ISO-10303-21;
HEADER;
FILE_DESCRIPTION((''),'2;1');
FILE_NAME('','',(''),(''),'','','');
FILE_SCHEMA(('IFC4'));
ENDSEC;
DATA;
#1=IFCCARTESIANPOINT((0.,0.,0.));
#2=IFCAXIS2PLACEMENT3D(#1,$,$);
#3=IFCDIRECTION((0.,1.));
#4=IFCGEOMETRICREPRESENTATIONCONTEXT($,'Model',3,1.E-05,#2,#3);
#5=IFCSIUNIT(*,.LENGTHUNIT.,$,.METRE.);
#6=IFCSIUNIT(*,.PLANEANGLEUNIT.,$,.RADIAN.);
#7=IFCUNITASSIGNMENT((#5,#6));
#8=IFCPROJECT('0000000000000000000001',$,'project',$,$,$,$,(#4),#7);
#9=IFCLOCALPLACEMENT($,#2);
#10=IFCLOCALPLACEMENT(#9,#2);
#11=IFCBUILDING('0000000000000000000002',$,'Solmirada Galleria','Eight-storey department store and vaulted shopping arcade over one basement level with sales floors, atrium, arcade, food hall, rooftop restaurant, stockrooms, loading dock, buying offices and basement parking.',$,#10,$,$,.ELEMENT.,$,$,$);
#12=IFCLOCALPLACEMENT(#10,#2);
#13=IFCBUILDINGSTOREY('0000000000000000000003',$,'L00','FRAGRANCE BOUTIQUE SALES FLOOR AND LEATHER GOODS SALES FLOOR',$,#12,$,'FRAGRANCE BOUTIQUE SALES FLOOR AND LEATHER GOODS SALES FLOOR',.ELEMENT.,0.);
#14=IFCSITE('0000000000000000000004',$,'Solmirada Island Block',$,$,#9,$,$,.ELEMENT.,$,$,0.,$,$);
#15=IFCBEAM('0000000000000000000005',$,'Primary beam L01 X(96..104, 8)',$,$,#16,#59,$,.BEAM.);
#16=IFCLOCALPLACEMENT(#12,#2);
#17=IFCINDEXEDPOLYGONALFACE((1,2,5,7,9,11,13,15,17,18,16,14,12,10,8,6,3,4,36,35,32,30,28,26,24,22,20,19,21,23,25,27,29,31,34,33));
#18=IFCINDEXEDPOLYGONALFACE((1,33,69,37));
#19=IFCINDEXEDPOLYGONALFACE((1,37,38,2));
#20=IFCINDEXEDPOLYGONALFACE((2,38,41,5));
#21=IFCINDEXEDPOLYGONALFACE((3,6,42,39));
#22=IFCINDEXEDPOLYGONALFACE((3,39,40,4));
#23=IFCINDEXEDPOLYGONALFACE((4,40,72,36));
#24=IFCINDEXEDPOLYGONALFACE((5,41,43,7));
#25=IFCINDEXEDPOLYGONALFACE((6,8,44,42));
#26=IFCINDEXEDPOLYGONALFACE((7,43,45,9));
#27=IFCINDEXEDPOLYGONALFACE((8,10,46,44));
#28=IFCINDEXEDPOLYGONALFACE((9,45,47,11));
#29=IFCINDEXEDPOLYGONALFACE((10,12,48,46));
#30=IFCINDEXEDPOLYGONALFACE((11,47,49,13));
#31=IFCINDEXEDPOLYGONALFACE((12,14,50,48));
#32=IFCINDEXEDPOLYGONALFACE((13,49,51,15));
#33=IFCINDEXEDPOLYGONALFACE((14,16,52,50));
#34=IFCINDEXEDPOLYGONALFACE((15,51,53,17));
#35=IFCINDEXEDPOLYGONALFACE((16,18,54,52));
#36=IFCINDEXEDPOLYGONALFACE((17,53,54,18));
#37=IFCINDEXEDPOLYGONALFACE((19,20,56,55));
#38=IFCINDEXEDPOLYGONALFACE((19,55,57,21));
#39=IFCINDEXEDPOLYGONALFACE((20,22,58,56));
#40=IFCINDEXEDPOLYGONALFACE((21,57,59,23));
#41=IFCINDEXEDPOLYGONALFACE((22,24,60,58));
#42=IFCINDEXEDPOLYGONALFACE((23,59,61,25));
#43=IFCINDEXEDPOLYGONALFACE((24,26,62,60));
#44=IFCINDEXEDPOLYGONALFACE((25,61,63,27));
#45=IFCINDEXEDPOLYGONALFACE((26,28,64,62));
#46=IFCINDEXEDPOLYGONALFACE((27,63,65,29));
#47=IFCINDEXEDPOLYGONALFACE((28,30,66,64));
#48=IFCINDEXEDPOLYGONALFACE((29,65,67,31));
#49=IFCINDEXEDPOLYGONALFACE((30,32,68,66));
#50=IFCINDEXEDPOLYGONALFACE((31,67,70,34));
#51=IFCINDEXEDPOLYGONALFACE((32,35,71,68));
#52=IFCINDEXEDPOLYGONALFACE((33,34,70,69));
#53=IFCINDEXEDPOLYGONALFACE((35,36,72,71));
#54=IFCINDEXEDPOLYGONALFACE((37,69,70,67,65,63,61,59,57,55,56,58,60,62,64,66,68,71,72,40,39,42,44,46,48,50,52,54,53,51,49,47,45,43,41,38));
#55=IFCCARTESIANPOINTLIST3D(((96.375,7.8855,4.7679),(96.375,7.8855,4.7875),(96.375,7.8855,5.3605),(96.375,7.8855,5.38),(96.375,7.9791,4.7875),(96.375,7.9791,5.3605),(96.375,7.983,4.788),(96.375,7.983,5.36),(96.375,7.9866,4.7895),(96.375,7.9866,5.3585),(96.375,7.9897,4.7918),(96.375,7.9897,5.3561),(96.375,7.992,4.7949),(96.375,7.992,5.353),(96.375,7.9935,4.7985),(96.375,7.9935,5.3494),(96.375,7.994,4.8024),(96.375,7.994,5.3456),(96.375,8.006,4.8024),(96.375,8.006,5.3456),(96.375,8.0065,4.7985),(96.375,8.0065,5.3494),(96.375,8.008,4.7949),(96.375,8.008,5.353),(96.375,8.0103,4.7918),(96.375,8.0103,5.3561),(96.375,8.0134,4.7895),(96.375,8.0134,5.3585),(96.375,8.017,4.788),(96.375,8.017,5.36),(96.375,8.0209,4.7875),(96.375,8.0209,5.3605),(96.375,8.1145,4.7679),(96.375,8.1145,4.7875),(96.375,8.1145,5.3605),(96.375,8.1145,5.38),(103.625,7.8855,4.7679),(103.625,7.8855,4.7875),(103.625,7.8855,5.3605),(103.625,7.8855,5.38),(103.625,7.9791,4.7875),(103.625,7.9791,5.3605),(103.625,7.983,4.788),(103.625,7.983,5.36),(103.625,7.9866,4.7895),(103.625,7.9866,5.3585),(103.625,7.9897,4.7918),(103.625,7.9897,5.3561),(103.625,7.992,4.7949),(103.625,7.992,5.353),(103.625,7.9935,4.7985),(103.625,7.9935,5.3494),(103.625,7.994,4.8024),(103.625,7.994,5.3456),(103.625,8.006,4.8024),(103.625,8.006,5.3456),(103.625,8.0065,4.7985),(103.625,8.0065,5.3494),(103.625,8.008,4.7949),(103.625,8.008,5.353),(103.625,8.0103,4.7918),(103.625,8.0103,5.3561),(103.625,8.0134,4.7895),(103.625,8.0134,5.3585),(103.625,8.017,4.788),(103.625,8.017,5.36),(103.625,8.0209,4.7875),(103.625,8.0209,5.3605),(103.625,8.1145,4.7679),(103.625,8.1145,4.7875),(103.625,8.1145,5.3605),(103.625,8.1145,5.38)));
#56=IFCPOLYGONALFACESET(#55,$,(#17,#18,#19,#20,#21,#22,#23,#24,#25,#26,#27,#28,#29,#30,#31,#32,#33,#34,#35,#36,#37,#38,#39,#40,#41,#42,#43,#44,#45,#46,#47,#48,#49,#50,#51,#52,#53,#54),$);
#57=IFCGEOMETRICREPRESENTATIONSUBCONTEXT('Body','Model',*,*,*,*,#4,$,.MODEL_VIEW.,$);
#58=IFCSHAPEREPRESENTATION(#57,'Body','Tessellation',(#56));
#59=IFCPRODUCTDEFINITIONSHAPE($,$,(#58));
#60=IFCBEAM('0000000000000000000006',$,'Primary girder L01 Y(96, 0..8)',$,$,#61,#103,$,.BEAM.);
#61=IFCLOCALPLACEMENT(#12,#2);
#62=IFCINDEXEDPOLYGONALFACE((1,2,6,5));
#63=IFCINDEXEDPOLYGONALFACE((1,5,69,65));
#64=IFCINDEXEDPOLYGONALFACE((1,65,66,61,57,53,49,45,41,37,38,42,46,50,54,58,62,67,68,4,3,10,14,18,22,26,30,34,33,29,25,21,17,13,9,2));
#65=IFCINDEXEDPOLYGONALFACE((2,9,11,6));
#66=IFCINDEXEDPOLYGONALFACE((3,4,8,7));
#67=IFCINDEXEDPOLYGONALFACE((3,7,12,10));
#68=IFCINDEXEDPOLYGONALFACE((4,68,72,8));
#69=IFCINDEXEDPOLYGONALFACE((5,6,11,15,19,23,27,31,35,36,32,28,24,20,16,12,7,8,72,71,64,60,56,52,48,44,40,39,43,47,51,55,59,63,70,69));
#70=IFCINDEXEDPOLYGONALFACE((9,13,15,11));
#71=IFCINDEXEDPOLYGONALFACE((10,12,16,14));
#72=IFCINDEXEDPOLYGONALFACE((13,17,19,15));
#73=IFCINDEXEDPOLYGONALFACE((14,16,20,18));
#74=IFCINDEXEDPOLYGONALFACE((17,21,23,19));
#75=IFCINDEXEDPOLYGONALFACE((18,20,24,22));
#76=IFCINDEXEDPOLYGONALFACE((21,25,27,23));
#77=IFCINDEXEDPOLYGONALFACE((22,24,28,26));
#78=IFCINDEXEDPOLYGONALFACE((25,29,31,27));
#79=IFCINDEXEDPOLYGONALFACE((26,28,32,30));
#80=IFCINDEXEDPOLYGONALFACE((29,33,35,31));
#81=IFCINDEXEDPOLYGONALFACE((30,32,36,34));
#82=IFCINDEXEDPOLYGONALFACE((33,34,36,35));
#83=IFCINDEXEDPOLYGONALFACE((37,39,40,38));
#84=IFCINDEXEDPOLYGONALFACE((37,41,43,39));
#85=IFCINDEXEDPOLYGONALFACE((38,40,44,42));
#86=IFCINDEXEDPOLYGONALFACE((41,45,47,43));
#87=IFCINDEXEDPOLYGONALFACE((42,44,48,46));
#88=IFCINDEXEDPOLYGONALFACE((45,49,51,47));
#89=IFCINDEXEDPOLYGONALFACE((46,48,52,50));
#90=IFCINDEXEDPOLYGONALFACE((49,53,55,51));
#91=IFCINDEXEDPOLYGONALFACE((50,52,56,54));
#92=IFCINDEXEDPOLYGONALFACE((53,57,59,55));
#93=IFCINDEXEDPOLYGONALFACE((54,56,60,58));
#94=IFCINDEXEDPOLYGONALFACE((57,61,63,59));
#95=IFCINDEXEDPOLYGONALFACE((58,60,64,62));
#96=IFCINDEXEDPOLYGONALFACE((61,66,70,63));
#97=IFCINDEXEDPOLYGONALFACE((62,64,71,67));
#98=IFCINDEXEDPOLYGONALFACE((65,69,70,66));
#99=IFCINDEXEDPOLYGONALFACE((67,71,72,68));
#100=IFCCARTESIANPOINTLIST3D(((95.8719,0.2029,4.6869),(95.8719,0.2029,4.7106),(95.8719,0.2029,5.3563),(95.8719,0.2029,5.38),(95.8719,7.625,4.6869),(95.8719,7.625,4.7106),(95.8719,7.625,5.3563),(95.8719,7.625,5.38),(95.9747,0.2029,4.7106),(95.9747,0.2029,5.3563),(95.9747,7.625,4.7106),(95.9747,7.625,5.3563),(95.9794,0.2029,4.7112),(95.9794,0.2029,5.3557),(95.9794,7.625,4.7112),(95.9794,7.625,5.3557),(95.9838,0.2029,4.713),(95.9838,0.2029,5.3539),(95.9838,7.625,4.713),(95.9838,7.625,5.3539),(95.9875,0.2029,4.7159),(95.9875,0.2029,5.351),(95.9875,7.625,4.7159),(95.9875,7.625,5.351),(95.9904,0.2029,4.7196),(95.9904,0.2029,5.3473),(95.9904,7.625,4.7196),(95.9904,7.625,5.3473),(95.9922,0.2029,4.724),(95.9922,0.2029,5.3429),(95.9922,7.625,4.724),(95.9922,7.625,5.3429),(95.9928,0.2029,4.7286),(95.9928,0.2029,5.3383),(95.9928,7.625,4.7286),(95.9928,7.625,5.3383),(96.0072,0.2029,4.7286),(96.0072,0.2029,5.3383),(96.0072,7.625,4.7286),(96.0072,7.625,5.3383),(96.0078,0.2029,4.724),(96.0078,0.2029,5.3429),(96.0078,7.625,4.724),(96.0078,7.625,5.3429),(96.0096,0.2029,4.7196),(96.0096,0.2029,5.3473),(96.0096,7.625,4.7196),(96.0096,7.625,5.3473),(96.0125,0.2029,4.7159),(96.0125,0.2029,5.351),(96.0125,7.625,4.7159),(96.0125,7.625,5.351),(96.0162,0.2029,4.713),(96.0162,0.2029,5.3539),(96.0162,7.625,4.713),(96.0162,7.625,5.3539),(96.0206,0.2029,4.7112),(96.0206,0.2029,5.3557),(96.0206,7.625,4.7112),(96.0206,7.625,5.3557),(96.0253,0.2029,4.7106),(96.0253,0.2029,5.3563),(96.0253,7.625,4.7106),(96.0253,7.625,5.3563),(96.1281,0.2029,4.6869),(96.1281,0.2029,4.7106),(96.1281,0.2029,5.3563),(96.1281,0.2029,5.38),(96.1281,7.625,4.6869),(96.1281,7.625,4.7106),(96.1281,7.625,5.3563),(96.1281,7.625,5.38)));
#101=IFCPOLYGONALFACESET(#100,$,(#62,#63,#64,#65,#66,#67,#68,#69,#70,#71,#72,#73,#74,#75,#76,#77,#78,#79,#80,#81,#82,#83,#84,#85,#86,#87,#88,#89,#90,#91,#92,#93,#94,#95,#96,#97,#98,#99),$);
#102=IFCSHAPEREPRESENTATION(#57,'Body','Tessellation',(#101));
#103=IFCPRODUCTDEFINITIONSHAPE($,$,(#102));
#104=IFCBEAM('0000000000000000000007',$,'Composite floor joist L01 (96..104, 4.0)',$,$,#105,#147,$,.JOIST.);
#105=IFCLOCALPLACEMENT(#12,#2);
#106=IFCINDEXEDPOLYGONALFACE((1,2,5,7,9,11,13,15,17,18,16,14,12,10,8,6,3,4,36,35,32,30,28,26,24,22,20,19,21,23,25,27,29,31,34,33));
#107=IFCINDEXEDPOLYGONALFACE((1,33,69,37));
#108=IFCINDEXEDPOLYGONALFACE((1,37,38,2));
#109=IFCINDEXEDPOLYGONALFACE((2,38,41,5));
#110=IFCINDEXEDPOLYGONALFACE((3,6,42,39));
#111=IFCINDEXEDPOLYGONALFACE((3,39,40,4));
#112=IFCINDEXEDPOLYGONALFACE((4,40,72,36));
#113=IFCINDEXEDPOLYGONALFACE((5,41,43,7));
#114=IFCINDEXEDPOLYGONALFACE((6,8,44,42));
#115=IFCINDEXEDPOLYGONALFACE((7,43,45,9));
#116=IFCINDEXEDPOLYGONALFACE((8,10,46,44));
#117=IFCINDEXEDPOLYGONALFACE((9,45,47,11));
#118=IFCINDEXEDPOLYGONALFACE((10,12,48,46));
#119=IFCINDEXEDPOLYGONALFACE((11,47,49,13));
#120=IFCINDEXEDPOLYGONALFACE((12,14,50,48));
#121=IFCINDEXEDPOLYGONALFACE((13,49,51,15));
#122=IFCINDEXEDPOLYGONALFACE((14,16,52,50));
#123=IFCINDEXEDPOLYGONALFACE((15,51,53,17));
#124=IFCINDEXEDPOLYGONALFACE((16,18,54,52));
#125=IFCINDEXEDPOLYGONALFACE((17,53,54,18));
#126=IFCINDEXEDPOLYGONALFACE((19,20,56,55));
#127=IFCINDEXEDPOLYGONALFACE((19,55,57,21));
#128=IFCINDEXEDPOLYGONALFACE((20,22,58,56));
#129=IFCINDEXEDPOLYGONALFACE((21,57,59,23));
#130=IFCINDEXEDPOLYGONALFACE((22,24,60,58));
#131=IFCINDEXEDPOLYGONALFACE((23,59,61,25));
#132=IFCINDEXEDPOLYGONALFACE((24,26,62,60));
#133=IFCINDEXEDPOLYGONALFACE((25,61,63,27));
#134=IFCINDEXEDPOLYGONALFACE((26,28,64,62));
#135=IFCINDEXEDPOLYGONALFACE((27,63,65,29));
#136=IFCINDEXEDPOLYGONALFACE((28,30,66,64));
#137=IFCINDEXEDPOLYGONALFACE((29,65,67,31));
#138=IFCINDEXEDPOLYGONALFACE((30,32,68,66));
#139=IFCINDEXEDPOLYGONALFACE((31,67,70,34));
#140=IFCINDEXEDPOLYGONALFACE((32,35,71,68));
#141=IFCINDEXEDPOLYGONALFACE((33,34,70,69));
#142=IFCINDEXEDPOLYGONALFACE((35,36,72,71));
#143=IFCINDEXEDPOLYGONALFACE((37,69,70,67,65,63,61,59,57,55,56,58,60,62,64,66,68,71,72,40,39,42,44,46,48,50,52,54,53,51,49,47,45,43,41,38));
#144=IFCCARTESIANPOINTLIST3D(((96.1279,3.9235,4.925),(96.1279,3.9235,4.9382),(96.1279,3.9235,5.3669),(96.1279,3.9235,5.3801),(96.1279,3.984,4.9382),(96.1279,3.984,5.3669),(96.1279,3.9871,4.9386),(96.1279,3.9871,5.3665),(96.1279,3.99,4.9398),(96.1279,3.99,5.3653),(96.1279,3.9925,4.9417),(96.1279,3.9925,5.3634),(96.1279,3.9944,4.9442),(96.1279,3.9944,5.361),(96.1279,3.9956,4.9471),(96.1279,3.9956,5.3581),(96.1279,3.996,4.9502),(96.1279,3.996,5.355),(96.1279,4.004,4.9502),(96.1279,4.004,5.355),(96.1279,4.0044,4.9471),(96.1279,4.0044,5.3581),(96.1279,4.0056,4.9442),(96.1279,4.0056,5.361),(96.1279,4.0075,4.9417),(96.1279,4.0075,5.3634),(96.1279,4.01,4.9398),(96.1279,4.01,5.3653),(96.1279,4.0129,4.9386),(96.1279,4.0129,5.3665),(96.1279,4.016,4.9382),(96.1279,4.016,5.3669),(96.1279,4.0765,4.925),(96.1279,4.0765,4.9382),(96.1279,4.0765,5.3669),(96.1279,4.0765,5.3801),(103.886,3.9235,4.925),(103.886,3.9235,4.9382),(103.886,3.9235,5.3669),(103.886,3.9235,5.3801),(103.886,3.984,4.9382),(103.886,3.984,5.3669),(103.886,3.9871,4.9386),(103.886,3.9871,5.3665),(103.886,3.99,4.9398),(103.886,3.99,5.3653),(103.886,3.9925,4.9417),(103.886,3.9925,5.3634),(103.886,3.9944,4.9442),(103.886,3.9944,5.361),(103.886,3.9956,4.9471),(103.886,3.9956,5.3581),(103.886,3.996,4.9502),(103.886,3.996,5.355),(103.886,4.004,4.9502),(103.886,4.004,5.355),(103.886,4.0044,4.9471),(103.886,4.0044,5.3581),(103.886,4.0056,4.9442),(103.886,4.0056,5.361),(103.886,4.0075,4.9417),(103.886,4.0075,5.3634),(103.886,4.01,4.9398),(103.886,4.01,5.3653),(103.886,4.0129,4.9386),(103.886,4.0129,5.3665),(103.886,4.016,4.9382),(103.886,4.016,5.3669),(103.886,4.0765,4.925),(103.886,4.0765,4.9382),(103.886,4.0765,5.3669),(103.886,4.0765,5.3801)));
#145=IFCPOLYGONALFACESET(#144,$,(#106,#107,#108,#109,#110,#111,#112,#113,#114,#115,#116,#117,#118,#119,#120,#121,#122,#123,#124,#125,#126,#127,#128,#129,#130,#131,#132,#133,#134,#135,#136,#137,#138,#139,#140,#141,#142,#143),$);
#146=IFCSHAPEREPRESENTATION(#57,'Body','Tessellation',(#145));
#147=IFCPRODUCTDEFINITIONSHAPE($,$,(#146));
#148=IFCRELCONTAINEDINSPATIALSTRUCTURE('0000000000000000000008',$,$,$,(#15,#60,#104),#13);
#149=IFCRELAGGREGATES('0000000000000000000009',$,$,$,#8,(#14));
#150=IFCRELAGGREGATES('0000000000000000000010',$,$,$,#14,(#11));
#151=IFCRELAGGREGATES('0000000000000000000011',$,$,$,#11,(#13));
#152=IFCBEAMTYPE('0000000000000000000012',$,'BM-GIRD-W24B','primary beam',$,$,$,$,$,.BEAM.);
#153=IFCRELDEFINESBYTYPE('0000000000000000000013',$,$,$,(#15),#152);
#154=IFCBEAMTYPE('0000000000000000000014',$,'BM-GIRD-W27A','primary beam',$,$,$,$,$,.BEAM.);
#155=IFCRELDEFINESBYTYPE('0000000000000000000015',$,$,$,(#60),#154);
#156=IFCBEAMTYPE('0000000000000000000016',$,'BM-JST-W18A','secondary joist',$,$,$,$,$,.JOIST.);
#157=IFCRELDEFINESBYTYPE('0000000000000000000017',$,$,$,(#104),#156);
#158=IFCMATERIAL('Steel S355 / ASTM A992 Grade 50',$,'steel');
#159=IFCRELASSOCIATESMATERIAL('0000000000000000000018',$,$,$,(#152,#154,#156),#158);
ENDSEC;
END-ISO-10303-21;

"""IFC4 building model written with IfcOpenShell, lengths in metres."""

from ifc_helpers import new_model, si_unit, direction, frame, origin, origin_2d, place, context, subcontext, project, spatial, i_section, extrude, material, material_profile, profile_set, type_object, element, save


model = new_model("IFC4")

# Units and contexts
model_context = context("Model", 3, precision=1e-05, world=origin(), true_north=direction((0.0, 1.0)))
body_context = subcontext(model_context, "Body", "Model", "MODEL_VIEW")
ifc_project = project(units=[si_unit("LENGTHUNIT", "METRE"), si_unit("PLANEANGLEUNIT", "RADIAN")], contexts=[model_context])

# Site, building, storey
site_placement = place(None, origin())
site = spatial("IfcSite", under=ifc_project, at=site_placement, Name="Solmirada Island Block", CompositionType="ELEMENT", RefElevation=0.0)
building_placement = place(site_placement, origin())
building = spatial("IfcBuilding", under=site, at=building_placement, Name="Solmirada Galleria", Description="Eight-storey department store and vaulted shopping arcade over one basement level with sales floors, atrium, arcade, food hall, rooftop restaurant, stockrooms, loading dock, buying offices and basement parking.", CompositionType="ELEMENT")
storey_placement = place(building_placement, origin())
storey = spatial("IfcBuildingStorey", under=building, at=storey_placement, Name="L00", Description="FRAGRANCE BOUTIQUE SALES FLOOR AND LEATHER GOODS SALES FLOOR", LongName="FRAGRANCE BOUTIQUE SALES FLOOR AND LEATHER GOODS SALES FLOOR", CompositionType="ELEMENT", Elevation=0.0)

# Beams
ifc_material_1 = material(Name="Steel S355 / ASTM A992 Grade 50", Category="steel")
ifc_material_profile_1 = material_profile(ifc_material_1, i_section(OverallWidth=0.229, OverallDepth=0.6121, WebThickness=0.012, FlangeThickness=0.0195, FilletRadius=0.0149, at=origin_2d()), Name="W24X84")
ifc_profile_set_1 = profile_set([ifc_material_profile_1], Name="Steel S355 / ASTM A992 Grade 50")
beam_type_1 = type_object("IfcBeamType", Name="BM-GIRD-W24B", Description="primary beam", PredefinedType="BEAM", material=ifc_profile_set_1)
beam_1_placement = place(storey_placement, frame((96.375, 8.0, 5.074), z_axis=(1.0, 0.0, 0.0), x_axis=(0.0, 1.0, 0.0)))
element("IfcBeam", 1, at=beam_1_placement, inside=storey, type_object=beam_type_1, Name="Primary beam L01 X(96..104, 8)", PredefinedType="BEAM", context=body_context, shape_type="SweptSolid", body=[
    extrude(i_section(OverallWidth=0.229, OverallDepth=0.6121, WebThickness=0.012, FlangeThickness=0.0195, FilletRadius=0.0149, at=origin_2d()), origin(), (0.0, 0.0, 1.0), 7.25),
])
ifc_material_profile_2 = material_profile(ifc_material_1, i_section(OverallWidth=0.2561, OverallDepth=0.6931, WebThickness=0.0144, FlangeThickness=0.0237, FilletRadius=0.0181, at=origin_2d()), Name="W27X114")
ifc_profile_set_2 = profile_set([ifc_material_profile_2], Name="Steel S355 / ASTM A992 Grade 50")
beam_type_2 = type_object("IfcBeamType", Name="BM-GIRD-W27A", Description="primary beam", PredefinedType="BEAM", material=ifc_profile_set_2)
beam_2_placement = place(storey_placement, frame((96.0, 0.2029, 5.0334), z_axis=(0.0, 1.0, 0.0), x_axis=(-1.0, 0.0, 0.0)))
element("IfcBeam", 2, at=beam_2_placement, inside=storey, type_object=beam_type_2, Name="Primary girder L01 Y(96, 0..8)", PredefinedType="BEAM", context=body_context, shape_type="SweptSolid", body=[
    extrude(i_section(OverallWidth=0.2561, OverallDepth=0.6931, WebThickness=0.0144, FlangeThickness=0.0237, FilletRadius=0.0181, at=origin_2d()), origin(), (0.0, 0.0, 1.0), 7.4221),
])
ifc_material_profile_3 = material_profile(ifc_material_1, i_section(OverallWidth=0.1531, OverallDepth=0.4551, WebThickness=0.0081, FlangeThickness=0.0132, FilletRadius=0.012, at=origin_2d()), Name="W18X40")
ifc_profile_set_3 = profile_set([ifc_material_profile_3], Name="Steel S355 / ASTM A992 Grade 50")
beam_type_3 = type_object("IfcBeamType", Name="BM-JST-W18A", Description="secondary joist", PredefinedType="JOIST", material=ifc_profile_set_3)
beam_3_placement = place(storey_placement, frame((96.1279, 4.0, 5.1526), z_axis=(1.0, 0.0, 0.0), x_axis=(0.0, 1.0, 0.0)))
element("IfcBeam", 3, at=beam_3_placement, inside=storey, type_object=beam_type_3, Name="Composite floor joist L01 (96..104, 4.0)", PredefinedType="JOIST", context=body_context, shape_type="SweptSolid", body=[
    extrude(i_section(OverallWidth=0.1531, OverallDepth=0.4551, WebThickness=0.0081, FlangeThickness=0.0132, FilletRadius=0.012, at=origin_2d()), origin(), (0.0, 0.0, 1.0), 7.7581),
])

save(model, "model.ifc")
